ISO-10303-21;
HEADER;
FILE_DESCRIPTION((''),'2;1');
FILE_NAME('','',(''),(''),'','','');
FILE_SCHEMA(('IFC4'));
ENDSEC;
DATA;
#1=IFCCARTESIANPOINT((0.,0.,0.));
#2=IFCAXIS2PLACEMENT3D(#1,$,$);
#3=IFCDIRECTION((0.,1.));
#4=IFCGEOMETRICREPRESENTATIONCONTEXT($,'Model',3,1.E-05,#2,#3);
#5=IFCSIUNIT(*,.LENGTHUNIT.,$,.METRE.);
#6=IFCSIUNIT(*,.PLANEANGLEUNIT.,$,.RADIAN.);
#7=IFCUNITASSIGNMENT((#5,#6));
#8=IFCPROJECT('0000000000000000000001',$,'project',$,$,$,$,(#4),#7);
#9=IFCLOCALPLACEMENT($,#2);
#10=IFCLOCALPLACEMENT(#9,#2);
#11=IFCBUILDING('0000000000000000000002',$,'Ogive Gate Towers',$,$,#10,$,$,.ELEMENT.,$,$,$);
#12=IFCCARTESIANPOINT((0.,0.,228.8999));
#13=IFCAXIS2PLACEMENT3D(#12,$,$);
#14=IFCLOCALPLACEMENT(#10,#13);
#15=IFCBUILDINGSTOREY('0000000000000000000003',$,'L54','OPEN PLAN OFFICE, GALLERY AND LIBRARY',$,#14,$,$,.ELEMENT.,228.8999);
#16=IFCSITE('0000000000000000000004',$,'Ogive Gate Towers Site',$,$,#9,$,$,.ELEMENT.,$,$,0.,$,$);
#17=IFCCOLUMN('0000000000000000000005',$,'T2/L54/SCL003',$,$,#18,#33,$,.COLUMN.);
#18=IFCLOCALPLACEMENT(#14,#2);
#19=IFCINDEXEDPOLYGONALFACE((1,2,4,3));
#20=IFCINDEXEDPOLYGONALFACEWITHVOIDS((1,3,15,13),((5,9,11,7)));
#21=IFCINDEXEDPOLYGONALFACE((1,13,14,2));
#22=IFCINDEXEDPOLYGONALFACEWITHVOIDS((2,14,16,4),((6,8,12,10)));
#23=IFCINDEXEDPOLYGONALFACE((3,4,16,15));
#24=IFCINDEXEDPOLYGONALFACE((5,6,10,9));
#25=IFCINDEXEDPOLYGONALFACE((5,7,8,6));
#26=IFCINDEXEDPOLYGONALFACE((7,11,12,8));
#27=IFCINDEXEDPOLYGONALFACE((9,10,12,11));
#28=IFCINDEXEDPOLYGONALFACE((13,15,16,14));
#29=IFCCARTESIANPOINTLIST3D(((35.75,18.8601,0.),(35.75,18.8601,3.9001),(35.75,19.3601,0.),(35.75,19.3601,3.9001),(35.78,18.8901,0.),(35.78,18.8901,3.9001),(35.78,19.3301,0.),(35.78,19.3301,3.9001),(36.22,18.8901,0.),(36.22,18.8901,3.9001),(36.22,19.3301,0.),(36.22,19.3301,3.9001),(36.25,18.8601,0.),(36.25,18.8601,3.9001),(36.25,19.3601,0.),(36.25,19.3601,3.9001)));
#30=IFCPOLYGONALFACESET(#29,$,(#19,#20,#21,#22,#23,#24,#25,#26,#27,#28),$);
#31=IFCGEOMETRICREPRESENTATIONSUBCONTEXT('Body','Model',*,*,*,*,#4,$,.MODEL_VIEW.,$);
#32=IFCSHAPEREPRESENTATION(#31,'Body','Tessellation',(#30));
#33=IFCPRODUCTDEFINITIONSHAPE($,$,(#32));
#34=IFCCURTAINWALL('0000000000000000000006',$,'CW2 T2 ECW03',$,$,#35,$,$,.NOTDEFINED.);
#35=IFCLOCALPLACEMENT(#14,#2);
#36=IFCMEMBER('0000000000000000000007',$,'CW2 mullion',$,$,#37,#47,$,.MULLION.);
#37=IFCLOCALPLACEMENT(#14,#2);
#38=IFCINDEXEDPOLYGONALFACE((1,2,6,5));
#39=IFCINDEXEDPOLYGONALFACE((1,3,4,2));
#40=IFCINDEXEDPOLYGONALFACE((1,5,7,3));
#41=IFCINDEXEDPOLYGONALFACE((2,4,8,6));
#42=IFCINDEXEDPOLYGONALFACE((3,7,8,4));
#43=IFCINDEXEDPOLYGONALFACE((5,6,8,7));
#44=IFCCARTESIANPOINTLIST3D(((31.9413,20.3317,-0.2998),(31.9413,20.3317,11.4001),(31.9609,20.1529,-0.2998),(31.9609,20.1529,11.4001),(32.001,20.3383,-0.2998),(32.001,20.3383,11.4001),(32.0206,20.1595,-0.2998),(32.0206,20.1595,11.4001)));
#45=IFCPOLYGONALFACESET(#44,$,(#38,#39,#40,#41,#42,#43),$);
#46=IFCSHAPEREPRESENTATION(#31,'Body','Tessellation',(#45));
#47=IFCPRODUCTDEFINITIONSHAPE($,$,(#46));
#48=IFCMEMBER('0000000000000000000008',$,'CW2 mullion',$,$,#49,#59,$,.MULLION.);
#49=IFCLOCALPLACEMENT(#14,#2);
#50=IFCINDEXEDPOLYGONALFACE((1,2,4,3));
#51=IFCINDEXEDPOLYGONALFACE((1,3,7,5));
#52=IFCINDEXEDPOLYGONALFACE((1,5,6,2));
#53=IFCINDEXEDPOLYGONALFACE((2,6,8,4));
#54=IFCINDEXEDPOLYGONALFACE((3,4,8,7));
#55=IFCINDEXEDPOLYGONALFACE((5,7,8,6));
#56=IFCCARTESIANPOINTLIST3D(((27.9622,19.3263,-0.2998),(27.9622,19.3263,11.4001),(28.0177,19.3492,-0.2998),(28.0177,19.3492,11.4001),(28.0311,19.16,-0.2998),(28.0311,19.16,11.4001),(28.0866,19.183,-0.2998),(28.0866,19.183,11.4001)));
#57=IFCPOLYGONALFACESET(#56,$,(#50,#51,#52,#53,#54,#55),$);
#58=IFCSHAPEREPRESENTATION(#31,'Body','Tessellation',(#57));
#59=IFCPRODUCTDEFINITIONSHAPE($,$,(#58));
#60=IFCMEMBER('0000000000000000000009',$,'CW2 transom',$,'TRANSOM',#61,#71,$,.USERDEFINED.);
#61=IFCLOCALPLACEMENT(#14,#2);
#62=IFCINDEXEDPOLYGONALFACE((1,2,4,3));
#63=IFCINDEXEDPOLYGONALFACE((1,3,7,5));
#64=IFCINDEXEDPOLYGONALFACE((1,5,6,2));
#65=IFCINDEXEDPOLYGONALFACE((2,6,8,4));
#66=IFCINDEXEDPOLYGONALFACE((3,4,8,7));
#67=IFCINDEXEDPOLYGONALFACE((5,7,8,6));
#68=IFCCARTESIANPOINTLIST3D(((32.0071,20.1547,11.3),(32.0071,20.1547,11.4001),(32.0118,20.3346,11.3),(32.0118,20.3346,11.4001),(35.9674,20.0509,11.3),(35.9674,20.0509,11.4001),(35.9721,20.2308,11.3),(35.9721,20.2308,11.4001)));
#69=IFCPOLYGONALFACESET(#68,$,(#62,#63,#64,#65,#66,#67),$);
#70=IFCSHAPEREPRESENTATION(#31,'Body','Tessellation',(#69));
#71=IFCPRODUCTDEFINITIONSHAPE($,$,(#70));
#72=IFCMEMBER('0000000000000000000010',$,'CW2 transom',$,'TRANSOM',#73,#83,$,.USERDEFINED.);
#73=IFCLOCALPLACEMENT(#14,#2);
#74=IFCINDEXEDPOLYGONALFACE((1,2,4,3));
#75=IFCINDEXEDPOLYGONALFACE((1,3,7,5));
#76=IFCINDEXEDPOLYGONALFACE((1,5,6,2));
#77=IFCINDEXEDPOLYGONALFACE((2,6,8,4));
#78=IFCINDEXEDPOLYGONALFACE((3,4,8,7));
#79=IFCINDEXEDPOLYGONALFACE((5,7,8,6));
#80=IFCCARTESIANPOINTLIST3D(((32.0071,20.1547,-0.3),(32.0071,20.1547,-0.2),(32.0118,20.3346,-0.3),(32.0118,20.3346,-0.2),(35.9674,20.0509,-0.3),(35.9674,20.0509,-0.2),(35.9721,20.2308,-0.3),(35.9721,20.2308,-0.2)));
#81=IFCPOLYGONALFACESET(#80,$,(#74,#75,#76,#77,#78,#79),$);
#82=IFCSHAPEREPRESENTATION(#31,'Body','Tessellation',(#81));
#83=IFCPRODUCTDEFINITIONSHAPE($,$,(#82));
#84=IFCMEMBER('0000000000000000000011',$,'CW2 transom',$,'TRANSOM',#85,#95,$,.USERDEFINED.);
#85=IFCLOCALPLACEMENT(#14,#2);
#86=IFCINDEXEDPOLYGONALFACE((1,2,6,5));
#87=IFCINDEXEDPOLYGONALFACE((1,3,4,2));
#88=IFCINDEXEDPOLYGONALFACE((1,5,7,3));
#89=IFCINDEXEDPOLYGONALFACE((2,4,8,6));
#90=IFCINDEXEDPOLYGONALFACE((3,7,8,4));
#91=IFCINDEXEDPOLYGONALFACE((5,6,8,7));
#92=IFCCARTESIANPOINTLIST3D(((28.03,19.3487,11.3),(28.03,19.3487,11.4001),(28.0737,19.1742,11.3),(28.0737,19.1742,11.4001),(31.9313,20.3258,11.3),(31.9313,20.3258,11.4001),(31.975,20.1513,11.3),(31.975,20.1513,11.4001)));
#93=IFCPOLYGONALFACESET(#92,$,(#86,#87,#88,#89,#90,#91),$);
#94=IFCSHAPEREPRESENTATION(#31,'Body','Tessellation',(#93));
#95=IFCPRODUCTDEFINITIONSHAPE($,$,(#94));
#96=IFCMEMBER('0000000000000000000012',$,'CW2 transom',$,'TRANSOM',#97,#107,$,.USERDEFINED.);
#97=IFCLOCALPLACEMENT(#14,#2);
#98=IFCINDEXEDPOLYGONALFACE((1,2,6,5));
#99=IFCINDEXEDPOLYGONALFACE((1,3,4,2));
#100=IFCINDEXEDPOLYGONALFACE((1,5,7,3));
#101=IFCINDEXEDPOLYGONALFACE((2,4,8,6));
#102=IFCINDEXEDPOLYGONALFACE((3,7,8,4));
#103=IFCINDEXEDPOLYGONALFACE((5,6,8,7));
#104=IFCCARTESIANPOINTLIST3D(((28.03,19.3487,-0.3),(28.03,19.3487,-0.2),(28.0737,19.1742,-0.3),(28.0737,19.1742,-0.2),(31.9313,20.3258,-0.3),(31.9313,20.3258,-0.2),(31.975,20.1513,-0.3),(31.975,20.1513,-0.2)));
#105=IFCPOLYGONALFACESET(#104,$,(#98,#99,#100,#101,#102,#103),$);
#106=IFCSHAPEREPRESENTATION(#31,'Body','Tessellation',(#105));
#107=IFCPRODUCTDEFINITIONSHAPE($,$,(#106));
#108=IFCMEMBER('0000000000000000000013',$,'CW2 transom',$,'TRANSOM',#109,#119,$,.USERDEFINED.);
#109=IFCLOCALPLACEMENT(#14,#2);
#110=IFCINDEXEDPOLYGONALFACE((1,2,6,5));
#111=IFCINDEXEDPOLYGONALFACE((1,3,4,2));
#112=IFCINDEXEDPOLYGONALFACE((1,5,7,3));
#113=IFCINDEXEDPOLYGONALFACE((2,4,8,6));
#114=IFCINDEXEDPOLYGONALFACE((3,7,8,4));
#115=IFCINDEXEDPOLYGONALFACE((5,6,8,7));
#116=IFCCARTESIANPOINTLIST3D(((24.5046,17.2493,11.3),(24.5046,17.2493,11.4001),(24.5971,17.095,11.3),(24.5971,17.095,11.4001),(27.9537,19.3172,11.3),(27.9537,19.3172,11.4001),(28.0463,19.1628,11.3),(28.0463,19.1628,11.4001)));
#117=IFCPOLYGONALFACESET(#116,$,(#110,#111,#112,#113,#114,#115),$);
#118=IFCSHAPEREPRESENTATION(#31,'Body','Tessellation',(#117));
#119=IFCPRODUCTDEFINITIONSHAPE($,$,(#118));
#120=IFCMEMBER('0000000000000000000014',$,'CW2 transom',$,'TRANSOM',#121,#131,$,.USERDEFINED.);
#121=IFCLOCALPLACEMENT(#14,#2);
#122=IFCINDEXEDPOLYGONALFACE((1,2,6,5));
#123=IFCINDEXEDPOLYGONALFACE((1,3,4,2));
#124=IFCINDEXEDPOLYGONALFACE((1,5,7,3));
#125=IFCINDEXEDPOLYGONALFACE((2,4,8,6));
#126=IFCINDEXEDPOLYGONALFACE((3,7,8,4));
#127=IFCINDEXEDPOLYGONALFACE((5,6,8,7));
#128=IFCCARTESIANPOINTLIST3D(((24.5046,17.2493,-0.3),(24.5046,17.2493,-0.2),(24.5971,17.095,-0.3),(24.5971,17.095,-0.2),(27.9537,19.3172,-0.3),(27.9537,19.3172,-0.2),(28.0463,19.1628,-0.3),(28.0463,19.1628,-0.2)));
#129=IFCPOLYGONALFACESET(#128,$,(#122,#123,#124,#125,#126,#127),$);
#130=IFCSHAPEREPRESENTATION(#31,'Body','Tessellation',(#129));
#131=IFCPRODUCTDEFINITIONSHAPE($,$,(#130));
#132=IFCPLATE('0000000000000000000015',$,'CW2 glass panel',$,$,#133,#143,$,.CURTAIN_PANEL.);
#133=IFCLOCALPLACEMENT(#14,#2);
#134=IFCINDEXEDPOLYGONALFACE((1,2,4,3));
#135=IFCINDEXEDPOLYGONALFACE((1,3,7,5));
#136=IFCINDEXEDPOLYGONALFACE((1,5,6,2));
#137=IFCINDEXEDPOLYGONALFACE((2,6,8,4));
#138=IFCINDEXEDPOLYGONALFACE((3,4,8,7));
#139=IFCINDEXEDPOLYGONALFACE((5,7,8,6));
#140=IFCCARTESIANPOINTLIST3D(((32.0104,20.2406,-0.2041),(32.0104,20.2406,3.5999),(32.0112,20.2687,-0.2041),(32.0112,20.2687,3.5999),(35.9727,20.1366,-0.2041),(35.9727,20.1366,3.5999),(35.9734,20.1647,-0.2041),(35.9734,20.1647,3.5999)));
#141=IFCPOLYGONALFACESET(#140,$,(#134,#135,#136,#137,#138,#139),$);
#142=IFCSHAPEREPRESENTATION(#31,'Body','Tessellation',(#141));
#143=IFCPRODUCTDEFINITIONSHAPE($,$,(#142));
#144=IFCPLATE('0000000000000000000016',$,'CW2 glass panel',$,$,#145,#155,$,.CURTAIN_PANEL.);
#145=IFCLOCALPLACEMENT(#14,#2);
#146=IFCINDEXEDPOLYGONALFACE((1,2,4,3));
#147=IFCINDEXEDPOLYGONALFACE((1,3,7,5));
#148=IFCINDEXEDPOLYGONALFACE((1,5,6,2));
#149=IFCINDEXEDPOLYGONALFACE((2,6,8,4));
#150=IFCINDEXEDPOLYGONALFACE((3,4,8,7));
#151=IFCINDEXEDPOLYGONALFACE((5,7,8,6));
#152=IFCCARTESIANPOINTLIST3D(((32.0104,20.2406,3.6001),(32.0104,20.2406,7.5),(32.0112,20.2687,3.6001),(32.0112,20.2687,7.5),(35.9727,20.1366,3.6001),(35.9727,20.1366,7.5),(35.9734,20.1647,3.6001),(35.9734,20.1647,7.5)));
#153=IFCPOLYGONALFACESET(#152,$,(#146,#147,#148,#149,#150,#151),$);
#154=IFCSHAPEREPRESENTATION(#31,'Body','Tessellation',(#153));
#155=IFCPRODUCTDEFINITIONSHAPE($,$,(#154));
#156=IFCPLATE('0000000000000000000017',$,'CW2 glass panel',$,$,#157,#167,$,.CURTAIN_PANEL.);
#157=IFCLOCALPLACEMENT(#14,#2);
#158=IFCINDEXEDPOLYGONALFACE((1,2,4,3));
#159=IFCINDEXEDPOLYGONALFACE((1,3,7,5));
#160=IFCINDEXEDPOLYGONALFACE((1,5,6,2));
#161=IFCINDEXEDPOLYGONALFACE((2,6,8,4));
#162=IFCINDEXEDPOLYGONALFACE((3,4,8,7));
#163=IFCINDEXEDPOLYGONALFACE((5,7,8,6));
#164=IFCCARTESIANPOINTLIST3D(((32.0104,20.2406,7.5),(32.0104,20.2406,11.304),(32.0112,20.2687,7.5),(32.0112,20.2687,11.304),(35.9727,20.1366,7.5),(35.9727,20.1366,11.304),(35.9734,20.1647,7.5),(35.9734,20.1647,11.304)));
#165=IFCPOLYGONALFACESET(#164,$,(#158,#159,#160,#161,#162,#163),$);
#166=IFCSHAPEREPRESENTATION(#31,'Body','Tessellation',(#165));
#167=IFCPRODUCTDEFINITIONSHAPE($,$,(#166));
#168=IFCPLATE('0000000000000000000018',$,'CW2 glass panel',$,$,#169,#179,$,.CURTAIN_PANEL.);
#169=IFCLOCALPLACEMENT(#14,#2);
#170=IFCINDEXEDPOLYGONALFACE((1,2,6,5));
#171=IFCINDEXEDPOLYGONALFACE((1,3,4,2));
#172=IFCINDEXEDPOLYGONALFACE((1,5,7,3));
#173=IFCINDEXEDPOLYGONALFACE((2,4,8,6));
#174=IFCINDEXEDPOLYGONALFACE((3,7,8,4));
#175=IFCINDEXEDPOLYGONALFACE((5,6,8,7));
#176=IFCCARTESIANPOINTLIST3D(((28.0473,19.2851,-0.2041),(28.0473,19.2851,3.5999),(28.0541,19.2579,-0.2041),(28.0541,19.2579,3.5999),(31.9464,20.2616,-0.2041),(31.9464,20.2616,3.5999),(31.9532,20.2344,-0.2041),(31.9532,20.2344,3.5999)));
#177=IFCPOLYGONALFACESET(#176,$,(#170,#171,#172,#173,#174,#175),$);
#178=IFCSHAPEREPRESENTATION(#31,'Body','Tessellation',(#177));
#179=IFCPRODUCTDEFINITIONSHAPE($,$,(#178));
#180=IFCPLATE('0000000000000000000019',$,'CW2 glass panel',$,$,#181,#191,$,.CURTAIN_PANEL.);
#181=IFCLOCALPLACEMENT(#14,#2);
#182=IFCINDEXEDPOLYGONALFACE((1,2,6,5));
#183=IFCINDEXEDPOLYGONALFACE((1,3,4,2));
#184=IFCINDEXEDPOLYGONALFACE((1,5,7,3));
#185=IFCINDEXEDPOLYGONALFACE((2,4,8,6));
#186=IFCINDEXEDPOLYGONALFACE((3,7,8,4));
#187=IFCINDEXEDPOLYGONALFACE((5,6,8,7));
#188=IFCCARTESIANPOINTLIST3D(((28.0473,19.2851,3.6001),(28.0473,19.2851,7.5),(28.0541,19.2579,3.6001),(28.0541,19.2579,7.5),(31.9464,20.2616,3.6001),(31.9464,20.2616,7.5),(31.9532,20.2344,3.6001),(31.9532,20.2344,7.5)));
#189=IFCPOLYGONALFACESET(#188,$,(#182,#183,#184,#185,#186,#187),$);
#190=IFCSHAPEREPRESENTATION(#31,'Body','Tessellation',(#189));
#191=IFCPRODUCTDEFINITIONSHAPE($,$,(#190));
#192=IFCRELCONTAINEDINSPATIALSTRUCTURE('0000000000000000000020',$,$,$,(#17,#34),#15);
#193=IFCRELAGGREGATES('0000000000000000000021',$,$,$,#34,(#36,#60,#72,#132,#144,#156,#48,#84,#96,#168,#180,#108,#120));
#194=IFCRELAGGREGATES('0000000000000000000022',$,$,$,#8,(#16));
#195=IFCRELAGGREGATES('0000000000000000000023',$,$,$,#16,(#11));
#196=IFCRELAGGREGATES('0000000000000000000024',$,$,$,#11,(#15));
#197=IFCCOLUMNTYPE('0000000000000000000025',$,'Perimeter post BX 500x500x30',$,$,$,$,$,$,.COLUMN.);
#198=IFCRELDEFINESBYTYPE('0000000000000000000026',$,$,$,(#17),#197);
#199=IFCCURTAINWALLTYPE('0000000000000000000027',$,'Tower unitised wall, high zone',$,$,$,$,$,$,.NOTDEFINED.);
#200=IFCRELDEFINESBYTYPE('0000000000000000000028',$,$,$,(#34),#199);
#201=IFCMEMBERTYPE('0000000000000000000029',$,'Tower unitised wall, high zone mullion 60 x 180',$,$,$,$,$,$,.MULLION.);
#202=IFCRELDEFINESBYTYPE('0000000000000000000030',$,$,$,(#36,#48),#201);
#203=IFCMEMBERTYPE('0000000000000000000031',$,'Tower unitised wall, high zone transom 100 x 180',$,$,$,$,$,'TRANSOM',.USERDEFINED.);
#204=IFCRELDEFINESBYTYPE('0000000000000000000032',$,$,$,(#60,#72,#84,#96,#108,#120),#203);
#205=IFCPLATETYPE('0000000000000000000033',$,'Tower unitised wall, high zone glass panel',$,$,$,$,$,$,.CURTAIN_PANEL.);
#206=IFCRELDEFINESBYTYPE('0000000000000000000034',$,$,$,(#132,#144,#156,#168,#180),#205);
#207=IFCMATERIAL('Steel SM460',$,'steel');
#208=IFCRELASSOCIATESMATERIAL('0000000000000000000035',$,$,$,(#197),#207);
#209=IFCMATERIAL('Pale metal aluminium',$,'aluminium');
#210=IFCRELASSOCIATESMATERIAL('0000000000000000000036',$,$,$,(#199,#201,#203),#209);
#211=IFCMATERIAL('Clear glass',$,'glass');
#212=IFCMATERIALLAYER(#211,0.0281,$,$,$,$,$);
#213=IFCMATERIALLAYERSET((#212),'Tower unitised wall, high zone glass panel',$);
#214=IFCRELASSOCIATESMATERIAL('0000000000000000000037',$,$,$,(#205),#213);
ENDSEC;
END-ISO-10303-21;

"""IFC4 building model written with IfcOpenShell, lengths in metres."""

from ifc_helpers import new_model, si_unit, direction, frame, origin, origin_2d, place, context, subcontext, project, spatial, rectangle, hollow_rectangle, extrude, material, layer, layer_set, material_profile, profile_set, type_object, element, aggregate, save


model = new_model("IFC4")

# Units and contexts
model_context = context("Model", 3, precision=1e-05, world=origin(), true_north=direction((0.0, 1.0)))
body_context = subcontext(model_context, "Body", "Model", "MODEL_VIEW")
ifc_project = project(units=[si_unit("LENGTHUNIT", "METRE"), si_unit("PLANEANGLEUNIT", "RADIAN")], contexts=[model_context])

# Site, building, storey
site_placement = place(None, origin())
site = spatial("IfcSite", under=ifc_project, at=site_placement, Name="Ogive Gate Towers Site", CompositionType="ELEMENT", RefElevation=0.0)
building_placement = place(site_placement, origin())
building = spatial("IfcBuilding", under=site, at=building_placement, Name="Ogive Gate Towers", CompositionType="ELEMENT")
storey_placement = place(building_placement, frame((0.0, 0.0, 228.8999)))
storey = spatial("IfcBuildingStorey", under=building, at=storey_placement, Name="L54", Description="OPEN PLAN OFFICE, GALLERY AND LIBRARY", CompositionType="ELEMENT", Elevation=228.8999)

# Column
ifc_material_1 = material(Name="Steel SM460", Category="steel")
ifc_material_profile_1 = material_profile(ifc_material_1, hollow_rectangle(XDim=0.5, YDim=0.5, WallThickness=0.03, at=origin_2d()), Name="BX 500x500x30")
ifc_profile_set_1 = profile_set([ifc_material_profile_1], Name="Steel SM460")
column_type = type_object("IfcColumnType", Name="Perimeter post BX 500x500x30", PredefinedType="COLUMN", material=ifc_profile_set_1)
column_placement = place(storey_placement, frame((36.0, 19.1101, 0.0), z_axis=(0.0, 0.0, 1.0), x_axis=(1.0, 0.0, 0.0)))
element("IfcColumn", 1, at=column_placement, inside=storey, type_object=column_type, Name="T2/L54/SCL003", PredefinedType="COLUMN", context=body_context, shape_type="SweptSolid", body=[
    extrude(hollow_rectangle(XDim=0.5, YDim=0.5, WallThickness=0.03, at=origin_2d()), origin(), (0.0, 0.0, 1.0), 3.9001),
])

# Curtain wall, members, plates
ifc_material_2 = material(Name="Pale metal aluminium", Category="aluminium")
curtain_wall_type = type_object("IfcCurtainWallType", Name="Tower unitised wall, high zone", PredefinedType="NOTDEFINED", material=ifc_material_2)
curtain_wall_placement = place(storey_placement, origin())
curtain_wall = element("IfcCurtainWall", 2, at=curtain_wall_placement, inside=storey, type_object=curtain_wall_type, Name="CW2 T2 ECW03", PredefinedType="NOTDEFINED")
ifc_material_profile_2 = material_profile(ifc_material_2, rectangle(XDim=0.1799, YDim=0.0601, at=origin_2d()), Name="60 x 180 aluminium box")
ifc_profile_set_2 = profile_set([ifc_material_profile_2], Name="Pale metal aluminium")
member_type_1 = type_object("IfcMemberType", Name="Tower unitised wall, high zone mullion 60 x 180", PredefinedType="MULLION", material=ifc_profile_set_2)
member_1_placement = place(storey_placement, frame((31.981, 20.2456, -0.2998), z_axis=(0.0, 0.0, 1.0), x_axis=(-0.10937, 0.994001, 0.0)))
member_1 = element("IfcMember", 3, at=member_1_placement, type_object=member_type_1, Name="CW2 mullion", PredefinedType="MULLION", context=body_context, shape_type="SweptSolid", body=[
    extrude(rectangle(XDim=0.1799, YDim=0.0601, at=origin_2d()), origin(), (0.0, 0.0, 1.0), 11.7),
])
member_2_placement = place(storey_placement, frame((28.0244, 19.2546, -0.2998), z_axis=(0.0, 0.0, 1.0), x_axis=(-0.3827, 0.923873, 0.0)))
member_2 = element("IfcMember", 4, at=member_2_placement, type_object=member_type_1, Name="CW2 mullion", PredefinedType="MULLION", context=body_context, shape_type="SweptSolid", body=[
    extrude(rectangle(XDim=0.1799, YDim=0.0601, at=origin_2d()), origin(), (0.0, 0.0, 1.0), 11.7),
])
ifc_material_profile_3 = material_profile(ifc_material_2, rectangle(XDim=0.1799, YDim=0.1001, at=origin_2d()), Name="100 x 180 aluminium box")
ifc_profile_set_3 = profile_set([ifc_material_profile_3], Name="Pale metal aluminium")
member_type_2 = type_object("IfcMemberType", Name="Tower unitised wall, high zone transom 100 x 180", ElementType="TRANSOM", PredefinedType="USERDEFINED", material=ifc_profile_set_3)
member_3_placement = place(storey_placement, frame((35.9697, 20.1409, 11.3501), z_axis=(-0.999657, 0.026192, 0.0), x_axis=(-0.026192, -0.999657, 0.0)))
member_3 = element("IfcMember", 5, at=member_3_placement, type_object=member_type_2, Name="CW2 transom", ObjectType="TRANSOM", PredefinedType="USERDEFINED", context=body_context, shape_type="SweptSolid", body=[
    extrude(rectangle(XDim=0.1799, YDim=0.1001, at=origin_2d()), origin(), (0.0, 0.0, 1.0), 3.9617),
])
member_4_placement = place(storey_placement, frame((35.9697, 20.1409, -0.25), z_axis=(-0.999657, 0.026192, 0.0), x_axis=(-0.026192, -0.999657, 0.0)))
member_4 = element("IfcMember", 6, at=member_4_placement, type_object=member_type_2, Name="CW2 transom", ObjectType="TRANSOM", PredefinedType="USERDEFINED", context=body_context, shape_type="SweptSolid", body=[
    extrude(rectangle(XDim=0.1799, YDim=0.1001, at=origin_2d()), origin(), (0.0, 0.0, 1.0), 3.9617),
])
member_5_placement = place(storey_placement, frame((31.9531, 20.2385, 11.3501), z_axis=(-0.970039, -0.24295, 0.0), x_axis=(0.24295, -0.970039, 0.0)))
member_5 = element("IfcMember", 7, at=member_5_placement, type_object=member_type_2, Name="CW2 transom", ObjectType="TRANSOM", PredefinedType="USERDEFINED", context=body_context, shape_type="SweptSolid", body=[
    extrude(rectangle(XDim=0.1799, YDim=0.1001, at=origin_2d()), origin(), (0.0, 0.0, 1.0), 4.0217),
])
member_6_placement = place(storey_placement, frame((31.9531, 20.2385, -0.25), z_axis=(-0.970039, -0.24295, 0.0), x_axis=(0.24295, -0.970039, 0.0)))
member_6 = element("IfcMember", 8, at=member_6_placement, type_object=member_type_2, Name="CW2 transom", ObjectType="TRANSOM", PredefinedType="USERDEFINED", context=body_context, shape_type="SweptSolid", body=[
    extrude(rectangle(XDim=0.1799, YDim=0.1001, at=origin_2d()), origin(), (0.0, 0.0, 1.0), 4.0217),
])
member_7_placement = place(storey_placement, frame((28.0, 19.24, 11.3501), z_axis=(-0.857675, -0.514192, 0.0), x_axis=(0.514192, -0.857675, 0.0)))
member_7 = element("IfcMember", 9, at=member_7_placement, type_object=member_type_2, Name="CW2 transom", ObjectType="TRANSOM", PredefinedType="USERDEFINED", context=body_context, shape_type="SweptSolid", body=[
    extrude(rectangle(XDim=0.1799, YDim=0.1001, at=origin_2d()), origin(), (0.0, 0.0, 1.0), 4.0215),
])
member_8_placement = place(storey_placement, frame((28.0, 19.24, -0.25), z_axis=(-0.857675, -0.514192, 0.0), x_axis=(0.514192, -0.857675, 0.0)))
member_8 = element("IfcMember", 10, at=member_8_placement, type_object=member_type_2, Name="CW2 transom", ObjectType="TRANSOM", PredefinedType="USERDEFINED", context=body_context, shape_type="SweptSolid", body=[
    extrude(rectangle(XDim=0.1799, YDim=0.1001, at=origin_2d()), origin(), (0.0, 0.0, 1.0), 4.0215),
])
ifc_material_3 = material(Name="Clear glass", Category="glass")
ifc_layer_1 = layer(ifc_material_3, 0.0281)
ifc_layer_set_1 = layer_set([ifc_layer_1], Name="Tower unitised wall, high zone glass panel")
plate_type = type_object("IfcPlateType", Name="Tower unitised wall, high zone glass panel", PredefinedType="CURTAIN_PANEL", material=ifc_layer_set_1)
plate_1_placement = place(storey_placement, frame((33.9919, 20.2026, -0.2041), z_axis=(0.0, 0.0, 1.0), x_axis=(-0.999656, 0.026229, 0.0)))
plate_1 = element("IfcPlate", 11, at=plate_1_placement, type_object=plate_type, Name="CW2 glass panel", PredefinedType="CURTAIN_PANEL", context=body_context, shape_type="SweptSolid", body=[
    extrude(rectangle(XDim=3.9636, YDim=0.0281, at=origin_2d()), origin(), (0.0, 0.0, 1.0), 3.804),
])
plate_2_placement = place(storey_placement, frame((33.9919, 20.2026, 3.6001), z_axis=(0.0, 0.0, 1.0), x_axis=(-0.999656, 0.026229, 0.0)))
plate_2 = element("IfcPlate", 12, at=plate_2_placement, type_object=plate_type, Name="CW2 glass panel", PredefinedType="CURTAIN_PANEL", context=body_context, shape_type="SweptSolid", body=[
    extrude(rectangle(XDim=3.9636, YDim=0.0281, at=origin_2d()), origin(), (0.0, 0.0, 1.0), 3.8999),
])
plate_3_placement = place(storey_placement, frame((33.9919, 20.2026, 7.5), z_axis=(0.0, 0.0, 1.0), x_axis=(-0.999656, 0.026229, 0.0)))
plate_3 = element("IfcPlate", 13, at=plate_3_placement, type_object=plate_type, Name="CW2 glass panel", PredefinedType="CURTAIN_PANEL", context=body_context, shape_type="SweptSolid", body=[
    extrude(rectangle(XDim=3.9636, YDim=0.0281, at=origin_2d()), origin(), (0.0, 0.0, 1.0), 3.804),
])
plate_4_placement = place(storey_placement, frame((30.0002, 19.7598, -0.2041), z_axis=(0.0, 0.0, 1.0), x_axis=(-0.970042, -0.242938, 0.0)))
plate_4 = element("IfcPlate", 14, at=plate_4_placement, type_object=plate_type, Name="CW2 glass panel", PredefinedType="CURTAIN_PANEL", context=body_context, shape_type="SweptSolid", body=[
    extrude(rectangle(XDim=4.0195, YDim=0.0281, at=origin_2d()), origin(), (0.0, 0.0, 1.0), 3.804),
])
plate_5_placement = place(storey_placement, frame((30.0002, 19.7598, 3.6001), z_axis=(0.0, 0.0, 1.0), x_axis=(-0.970042, -0.242938, 0.0)))
plate_5 = element("IfcPlate", 15, at=plate_5_placement, type_object=plate_type, Name="CW2 glass panel", PredefinedType="CURTAIN_PANEL", context=body_context, shape_type="SweptSolid", body=[
    extrude(rectangle(XDim=4.0195, YDim=0.0281, at=origin_2d()), origin(), (0.0, 0.0, 1.0), 3.8999),
])
aggregate(curtain_wall, [member_1, member_3, member_4, plate_1, plate_2, plate_3, member_2, member_5, member_6, plate_4, plate_5, member_7, member_8])

save(model, "model.ifc")
